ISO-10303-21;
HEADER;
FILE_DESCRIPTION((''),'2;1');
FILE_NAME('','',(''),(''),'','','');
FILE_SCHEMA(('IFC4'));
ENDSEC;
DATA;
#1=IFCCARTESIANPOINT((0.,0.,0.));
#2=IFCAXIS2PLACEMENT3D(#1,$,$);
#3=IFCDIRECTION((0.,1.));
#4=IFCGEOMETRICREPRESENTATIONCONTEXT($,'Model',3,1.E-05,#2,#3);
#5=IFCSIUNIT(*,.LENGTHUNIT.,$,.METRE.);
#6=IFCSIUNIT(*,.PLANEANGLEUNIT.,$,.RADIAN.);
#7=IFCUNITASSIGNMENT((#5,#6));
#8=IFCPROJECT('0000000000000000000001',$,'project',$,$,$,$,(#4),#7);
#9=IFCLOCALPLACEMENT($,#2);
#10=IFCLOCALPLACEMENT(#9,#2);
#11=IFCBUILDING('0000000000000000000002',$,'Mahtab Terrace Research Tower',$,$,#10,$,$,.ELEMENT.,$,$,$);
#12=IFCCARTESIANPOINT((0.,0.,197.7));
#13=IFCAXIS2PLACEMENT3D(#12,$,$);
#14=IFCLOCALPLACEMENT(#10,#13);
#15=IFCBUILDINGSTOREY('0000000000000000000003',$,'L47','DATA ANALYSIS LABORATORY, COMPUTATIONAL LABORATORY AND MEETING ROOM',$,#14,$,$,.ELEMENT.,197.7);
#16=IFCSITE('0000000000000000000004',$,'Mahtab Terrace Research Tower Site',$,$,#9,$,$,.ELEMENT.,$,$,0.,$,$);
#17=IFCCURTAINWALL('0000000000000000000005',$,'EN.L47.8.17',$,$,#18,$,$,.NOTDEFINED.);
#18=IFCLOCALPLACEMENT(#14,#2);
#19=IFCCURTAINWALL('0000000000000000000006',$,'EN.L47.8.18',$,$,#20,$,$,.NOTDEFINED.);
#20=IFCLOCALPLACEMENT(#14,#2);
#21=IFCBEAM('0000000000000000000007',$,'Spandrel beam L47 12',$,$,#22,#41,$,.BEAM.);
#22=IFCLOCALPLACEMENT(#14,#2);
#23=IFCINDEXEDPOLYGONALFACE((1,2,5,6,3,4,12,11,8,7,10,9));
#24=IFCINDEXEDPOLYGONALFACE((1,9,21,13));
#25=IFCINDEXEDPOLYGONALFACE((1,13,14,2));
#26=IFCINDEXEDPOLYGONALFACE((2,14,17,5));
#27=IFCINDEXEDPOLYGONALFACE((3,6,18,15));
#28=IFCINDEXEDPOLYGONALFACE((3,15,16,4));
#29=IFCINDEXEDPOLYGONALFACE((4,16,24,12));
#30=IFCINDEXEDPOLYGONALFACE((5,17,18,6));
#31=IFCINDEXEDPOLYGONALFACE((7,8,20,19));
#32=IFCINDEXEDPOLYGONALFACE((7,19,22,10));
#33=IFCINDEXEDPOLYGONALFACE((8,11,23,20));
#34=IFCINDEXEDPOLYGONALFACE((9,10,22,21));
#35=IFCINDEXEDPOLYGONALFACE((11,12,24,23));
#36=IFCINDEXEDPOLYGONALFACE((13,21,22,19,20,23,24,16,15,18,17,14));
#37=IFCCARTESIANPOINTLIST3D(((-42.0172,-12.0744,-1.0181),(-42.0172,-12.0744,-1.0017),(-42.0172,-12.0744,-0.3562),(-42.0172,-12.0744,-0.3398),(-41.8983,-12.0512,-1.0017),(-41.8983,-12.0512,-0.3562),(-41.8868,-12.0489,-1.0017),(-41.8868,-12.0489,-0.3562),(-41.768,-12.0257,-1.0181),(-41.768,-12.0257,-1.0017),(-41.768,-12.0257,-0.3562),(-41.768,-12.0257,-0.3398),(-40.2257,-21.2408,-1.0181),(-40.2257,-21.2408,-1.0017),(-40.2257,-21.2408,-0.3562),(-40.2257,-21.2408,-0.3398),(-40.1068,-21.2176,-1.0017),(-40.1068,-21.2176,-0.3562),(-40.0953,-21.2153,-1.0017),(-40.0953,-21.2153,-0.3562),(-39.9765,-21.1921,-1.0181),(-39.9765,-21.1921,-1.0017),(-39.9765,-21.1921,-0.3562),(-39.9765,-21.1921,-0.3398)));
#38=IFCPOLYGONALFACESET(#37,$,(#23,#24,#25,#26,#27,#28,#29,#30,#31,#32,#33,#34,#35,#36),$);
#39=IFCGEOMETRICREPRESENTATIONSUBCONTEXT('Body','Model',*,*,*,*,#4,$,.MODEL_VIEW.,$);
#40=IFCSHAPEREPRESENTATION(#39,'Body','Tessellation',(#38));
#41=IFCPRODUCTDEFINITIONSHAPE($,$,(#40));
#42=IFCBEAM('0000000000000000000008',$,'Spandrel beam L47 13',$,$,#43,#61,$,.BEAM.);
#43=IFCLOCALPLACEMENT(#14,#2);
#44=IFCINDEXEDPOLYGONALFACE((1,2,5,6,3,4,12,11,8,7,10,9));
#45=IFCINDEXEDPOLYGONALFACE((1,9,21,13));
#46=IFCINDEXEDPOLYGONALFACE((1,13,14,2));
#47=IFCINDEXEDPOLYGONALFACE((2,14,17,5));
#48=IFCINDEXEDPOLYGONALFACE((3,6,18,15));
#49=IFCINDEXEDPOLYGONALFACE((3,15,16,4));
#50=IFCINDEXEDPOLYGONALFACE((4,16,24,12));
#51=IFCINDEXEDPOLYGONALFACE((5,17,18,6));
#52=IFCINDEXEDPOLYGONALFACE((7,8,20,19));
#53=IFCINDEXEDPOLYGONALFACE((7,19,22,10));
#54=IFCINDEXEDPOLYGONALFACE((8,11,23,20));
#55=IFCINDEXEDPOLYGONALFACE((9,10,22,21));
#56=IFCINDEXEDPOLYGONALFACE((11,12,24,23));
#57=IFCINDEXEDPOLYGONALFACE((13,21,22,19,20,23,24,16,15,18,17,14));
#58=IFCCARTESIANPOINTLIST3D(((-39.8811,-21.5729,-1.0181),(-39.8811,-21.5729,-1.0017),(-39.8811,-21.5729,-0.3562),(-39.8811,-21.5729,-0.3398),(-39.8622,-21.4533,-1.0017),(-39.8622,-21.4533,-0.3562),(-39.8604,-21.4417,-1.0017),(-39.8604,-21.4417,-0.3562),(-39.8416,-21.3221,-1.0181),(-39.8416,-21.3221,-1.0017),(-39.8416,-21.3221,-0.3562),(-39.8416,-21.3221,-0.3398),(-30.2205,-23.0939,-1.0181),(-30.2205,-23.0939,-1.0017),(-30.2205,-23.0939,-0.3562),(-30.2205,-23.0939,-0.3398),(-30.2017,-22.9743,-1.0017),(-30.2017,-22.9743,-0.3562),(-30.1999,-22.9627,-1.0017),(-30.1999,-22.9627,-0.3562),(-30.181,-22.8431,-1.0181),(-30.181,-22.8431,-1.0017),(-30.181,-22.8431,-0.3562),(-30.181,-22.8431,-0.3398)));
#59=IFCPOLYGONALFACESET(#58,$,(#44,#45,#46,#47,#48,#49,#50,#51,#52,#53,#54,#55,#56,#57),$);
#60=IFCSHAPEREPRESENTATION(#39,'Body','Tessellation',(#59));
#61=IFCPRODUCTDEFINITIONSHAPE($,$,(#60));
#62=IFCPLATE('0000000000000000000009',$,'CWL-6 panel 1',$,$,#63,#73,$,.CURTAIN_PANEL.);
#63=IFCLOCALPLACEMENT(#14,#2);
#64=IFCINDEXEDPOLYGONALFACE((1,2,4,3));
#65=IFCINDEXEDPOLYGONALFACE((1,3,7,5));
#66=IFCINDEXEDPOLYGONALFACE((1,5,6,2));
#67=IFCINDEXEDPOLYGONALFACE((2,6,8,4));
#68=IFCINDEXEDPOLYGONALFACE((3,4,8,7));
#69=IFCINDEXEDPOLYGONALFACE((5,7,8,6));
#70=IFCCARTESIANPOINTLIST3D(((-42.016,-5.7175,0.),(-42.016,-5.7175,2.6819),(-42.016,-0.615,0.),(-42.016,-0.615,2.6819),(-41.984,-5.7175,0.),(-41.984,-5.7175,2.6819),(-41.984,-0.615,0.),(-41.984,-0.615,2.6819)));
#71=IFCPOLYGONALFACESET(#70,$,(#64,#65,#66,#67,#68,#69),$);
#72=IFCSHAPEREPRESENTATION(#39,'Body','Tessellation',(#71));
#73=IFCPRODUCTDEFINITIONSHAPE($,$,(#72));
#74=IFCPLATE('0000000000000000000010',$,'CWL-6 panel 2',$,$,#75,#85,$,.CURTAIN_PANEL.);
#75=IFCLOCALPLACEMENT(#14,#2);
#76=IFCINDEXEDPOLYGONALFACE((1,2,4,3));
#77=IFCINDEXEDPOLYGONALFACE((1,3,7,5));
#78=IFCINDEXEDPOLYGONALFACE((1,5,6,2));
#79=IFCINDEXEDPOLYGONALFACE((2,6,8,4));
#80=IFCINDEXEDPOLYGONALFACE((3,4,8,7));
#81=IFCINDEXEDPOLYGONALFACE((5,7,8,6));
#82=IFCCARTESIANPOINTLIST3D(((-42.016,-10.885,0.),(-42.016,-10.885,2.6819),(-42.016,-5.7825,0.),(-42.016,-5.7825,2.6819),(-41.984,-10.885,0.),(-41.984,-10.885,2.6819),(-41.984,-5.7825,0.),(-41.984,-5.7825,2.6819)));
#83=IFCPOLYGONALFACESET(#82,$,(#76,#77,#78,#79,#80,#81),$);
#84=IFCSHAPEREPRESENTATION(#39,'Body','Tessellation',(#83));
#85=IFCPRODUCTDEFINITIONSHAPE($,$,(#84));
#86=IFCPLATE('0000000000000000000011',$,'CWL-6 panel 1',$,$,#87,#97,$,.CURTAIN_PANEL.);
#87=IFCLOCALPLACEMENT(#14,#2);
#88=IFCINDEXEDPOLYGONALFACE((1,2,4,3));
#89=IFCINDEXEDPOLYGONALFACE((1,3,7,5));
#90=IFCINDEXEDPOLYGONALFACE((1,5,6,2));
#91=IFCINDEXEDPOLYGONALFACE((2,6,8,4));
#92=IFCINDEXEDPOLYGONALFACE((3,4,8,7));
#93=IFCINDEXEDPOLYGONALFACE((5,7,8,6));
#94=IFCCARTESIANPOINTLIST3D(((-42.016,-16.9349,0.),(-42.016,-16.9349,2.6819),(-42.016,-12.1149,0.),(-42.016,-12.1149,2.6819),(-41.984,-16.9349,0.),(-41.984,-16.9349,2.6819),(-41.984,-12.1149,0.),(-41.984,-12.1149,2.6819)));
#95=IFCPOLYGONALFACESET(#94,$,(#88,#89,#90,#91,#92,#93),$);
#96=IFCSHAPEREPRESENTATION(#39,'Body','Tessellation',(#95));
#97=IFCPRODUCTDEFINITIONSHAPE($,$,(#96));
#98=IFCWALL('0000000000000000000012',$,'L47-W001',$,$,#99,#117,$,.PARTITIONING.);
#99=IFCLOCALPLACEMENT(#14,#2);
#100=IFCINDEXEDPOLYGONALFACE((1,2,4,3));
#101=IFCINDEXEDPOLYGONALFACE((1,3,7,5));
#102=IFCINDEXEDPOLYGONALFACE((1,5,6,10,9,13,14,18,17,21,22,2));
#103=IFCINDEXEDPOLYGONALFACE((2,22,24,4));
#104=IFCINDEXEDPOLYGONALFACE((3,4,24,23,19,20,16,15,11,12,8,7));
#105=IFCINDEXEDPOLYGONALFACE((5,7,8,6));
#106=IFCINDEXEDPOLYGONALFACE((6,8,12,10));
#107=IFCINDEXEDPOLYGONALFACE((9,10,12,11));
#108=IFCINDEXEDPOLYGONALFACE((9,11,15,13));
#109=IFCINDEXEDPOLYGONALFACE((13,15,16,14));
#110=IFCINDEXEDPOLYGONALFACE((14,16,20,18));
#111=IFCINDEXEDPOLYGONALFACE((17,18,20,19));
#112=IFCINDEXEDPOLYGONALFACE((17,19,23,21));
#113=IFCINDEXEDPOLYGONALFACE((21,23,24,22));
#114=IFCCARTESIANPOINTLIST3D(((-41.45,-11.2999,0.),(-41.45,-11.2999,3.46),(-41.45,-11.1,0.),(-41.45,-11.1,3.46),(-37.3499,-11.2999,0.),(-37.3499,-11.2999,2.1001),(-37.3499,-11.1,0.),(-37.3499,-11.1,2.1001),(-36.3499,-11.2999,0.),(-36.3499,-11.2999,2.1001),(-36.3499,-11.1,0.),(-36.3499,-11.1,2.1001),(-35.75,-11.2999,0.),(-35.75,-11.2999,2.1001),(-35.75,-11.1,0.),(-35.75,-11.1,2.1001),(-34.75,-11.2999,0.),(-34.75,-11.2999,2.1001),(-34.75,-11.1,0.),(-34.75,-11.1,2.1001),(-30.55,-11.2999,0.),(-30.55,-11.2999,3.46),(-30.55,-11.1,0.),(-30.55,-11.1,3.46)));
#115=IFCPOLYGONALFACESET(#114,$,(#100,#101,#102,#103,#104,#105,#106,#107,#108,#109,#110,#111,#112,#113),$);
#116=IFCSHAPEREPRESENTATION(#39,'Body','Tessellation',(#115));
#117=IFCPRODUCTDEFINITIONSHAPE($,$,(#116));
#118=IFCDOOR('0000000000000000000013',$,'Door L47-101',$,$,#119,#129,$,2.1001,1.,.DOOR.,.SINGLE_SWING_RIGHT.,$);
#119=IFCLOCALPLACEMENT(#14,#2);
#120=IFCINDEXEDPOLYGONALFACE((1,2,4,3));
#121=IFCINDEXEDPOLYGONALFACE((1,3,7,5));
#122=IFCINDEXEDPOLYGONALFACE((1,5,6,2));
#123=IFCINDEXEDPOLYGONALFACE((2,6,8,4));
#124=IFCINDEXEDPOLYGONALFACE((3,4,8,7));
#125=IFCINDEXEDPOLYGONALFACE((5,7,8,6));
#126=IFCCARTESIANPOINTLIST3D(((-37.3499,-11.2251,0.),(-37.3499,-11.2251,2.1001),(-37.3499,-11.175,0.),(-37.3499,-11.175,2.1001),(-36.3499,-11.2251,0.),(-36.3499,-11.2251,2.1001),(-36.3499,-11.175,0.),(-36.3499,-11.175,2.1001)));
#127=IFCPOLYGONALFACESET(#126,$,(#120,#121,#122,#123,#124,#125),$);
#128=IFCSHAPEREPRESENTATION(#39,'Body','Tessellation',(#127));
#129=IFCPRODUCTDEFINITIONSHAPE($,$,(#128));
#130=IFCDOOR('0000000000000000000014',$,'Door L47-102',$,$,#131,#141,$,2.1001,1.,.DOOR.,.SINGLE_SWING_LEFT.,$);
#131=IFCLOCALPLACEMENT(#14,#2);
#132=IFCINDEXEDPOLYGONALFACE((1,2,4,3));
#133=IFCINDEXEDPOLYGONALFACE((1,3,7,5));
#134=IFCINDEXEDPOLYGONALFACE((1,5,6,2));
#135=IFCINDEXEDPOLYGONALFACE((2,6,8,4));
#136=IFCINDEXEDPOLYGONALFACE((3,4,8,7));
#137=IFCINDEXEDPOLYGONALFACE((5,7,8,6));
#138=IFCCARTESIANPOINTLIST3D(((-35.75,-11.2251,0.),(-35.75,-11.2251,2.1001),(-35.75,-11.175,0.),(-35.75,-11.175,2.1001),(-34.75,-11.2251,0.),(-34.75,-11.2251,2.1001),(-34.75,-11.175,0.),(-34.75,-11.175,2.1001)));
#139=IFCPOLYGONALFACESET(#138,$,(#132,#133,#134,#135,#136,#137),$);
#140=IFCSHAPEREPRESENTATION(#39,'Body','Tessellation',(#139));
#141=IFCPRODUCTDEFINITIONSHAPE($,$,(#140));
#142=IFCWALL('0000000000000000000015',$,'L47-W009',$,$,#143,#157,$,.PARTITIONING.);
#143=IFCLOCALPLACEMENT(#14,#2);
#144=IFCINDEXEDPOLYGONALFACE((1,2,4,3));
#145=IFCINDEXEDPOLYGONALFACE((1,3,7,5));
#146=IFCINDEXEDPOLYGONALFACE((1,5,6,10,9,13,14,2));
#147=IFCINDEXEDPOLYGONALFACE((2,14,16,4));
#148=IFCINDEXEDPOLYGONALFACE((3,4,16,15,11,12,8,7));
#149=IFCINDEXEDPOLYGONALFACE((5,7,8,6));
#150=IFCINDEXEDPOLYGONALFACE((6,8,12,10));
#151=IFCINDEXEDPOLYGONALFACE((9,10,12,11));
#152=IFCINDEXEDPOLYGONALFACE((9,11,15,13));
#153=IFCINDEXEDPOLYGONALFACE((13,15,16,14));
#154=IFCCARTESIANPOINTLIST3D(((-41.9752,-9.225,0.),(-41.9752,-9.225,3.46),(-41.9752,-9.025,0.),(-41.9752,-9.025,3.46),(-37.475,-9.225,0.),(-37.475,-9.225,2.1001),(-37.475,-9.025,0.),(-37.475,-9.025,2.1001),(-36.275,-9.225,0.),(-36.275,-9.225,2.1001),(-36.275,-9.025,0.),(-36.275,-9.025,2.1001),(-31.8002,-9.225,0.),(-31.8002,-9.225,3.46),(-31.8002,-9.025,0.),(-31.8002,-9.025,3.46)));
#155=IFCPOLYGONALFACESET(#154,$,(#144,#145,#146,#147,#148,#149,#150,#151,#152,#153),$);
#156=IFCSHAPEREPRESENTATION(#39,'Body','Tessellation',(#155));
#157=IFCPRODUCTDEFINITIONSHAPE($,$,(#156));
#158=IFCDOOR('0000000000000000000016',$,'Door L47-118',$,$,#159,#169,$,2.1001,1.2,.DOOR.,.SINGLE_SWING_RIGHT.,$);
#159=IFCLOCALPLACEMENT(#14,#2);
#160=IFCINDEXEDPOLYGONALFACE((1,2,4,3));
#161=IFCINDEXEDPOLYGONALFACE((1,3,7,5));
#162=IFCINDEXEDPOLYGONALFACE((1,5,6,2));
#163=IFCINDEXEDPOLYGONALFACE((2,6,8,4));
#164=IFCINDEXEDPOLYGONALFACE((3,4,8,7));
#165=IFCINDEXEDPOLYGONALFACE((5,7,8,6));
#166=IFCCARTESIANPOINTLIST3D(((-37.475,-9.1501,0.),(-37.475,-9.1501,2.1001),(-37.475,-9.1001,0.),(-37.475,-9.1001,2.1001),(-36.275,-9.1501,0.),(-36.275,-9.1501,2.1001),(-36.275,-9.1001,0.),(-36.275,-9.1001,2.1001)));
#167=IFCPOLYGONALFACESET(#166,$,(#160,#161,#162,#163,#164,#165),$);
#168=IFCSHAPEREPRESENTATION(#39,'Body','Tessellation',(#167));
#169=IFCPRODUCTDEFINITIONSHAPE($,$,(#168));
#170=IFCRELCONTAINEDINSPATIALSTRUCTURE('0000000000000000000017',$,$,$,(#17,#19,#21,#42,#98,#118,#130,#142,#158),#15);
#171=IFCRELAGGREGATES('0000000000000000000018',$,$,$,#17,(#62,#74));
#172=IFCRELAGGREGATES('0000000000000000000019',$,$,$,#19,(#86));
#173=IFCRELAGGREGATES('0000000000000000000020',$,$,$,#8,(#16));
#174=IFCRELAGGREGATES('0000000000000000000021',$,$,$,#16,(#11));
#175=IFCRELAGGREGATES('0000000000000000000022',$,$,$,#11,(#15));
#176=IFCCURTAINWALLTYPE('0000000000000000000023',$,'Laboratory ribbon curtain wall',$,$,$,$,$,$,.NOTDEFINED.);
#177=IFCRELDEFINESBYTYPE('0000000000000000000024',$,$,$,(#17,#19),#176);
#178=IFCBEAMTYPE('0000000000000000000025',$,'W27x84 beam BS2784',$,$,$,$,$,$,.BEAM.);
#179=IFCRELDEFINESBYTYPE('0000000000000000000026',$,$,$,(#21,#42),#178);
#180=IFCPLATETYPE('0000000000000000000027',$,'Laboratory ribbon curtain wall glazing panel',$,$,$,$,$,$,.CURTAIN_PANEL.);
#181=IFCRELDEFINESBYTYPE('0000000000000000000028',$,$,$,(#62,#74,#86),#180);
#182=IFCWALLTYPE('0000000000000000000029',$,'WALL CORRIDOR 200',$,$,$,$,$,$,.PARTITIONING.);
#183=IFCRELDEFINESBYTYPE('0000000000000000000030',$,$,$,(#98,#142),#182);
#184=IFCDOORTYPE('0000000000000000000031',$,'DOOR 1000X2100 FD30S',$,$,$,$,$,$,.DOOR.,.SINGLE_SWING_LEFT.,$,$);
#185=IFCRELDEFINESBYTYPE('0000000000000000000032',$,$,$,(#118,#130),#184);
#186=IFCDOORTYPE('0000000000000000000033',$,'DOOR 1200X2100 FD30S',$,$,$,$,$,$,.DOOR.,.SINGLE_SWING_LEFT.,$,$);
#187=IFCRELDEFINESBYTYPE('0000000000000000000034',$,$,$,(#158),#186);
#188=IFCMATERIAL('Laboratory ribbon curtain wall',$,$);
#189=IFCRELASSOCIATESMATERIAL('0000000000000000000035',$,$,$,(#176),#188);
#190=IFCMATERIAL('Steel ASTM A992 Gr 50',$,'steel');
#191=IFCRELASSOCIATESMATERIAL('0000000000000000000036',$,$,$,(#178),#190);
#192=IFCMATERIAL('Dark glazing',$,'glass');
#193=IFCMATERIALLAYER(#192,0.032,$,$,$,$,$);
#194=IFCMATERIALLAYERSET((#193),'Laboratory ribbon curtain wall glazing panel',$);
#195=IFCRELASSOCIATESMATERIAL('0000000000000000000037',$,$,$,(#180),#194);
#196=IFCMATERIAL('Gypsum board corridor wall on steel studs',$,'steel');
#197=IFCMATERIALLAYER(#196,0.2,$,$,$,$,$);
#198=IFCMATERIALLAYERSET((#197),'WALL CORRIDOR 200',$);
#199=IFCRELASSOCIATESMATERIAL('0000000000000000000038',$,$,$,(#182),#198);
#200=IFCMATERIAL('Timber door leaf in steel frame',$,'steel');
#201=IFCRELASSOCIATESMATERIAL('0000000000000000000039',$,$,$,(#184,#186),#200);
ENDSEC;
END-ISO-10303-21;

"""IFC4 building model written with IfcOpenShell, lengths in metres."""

from ifc_helpers import new_model, si_unit, direction, frame, frame_2d, origin, origin_2d, place, context, subcontext, project, spatial, rectangle, i_section, extrude, material, layer, layer_set, material_profile, profile_set, type_object, element, fill, aggregate, save


model = new_model("IFC4")

# Units and contexts
model_context = context("Model", 3, precision=1e-05, world=origin(), true_north=direction((0.0, 1.0)))
body_context = subcontext(model_context, "Body", "Model", "MODEL_VIEW")
ifc_project = project(units=[si_unit("LENGTHUNIT", "METRE"), si_unit("PLANEANGLEUNIT", "RADIAN")], contexts=[model_context])

# Site, building, storey
site_placement = place(None, origin())
site = spatial("IfcSite", under=ifc_project, at=site_placement, Name="Mahtab Terrace Research Tower Site", CompositionType="ELEMENT", RefElevation=0.0)
building_placement = place(site_placement, origin())
building = spatial("IfcBuilding", under=site, at=building_placement, Name="Mahtab Terrace Research Tower", CompositionType="ELEMENT")
storey_placement = place(building_placement, frame((0.0, 0.0, 197.7)))
storey = spatial("IfcBuildingStorey", under=building, at=storey_placement, Name="L47", Description="DATA ANALYSIS LABORATORY, COMPUTATIONAL LABORATORY AND MEETING ROOM", CompositionType="ELEMENT", Elevation=197.7)

# Shared definitions
ifc_material_1 = material(Name="Steel ASTM A992 Gr 50", Category="steel")

# Shared definitions
ifc_material_2 = material(Name="Laboratory ribbon curtain wall")
curtain_wall_type = type_object("IfcCurtainWallType", Name="Laboratory ribbon curtain wall", PredefinedType="NOTDEFINED", material=ifc_material_2)

# Curtain walls
curtain_wall_1_placement = place(storey_placement, origin())
curtain_wall_1 = element("IfcCurtainWall", 1, at=curtain_wall_1_placement, inside=storey, type_object=curtain_wall_type, Name="EN.L47.8.17", PredefinedType="NOTDEFINED")
curtain_wall_2_placement = place(storey_placement, origin())
curtain_wall_2 = element("IfcCurtainWall", 2, at=curtain_wall_2_placement, inside=storey, type_object=curtain_wall_type, Name="EN.L47.8.18", PredefinedType="NOTDEFINED")

# Beams
ifc_material_profile_1 = material_profile(ifc_material_1, i_section(OverallWidth=0.2539, OverallDepth=0.6782, WebThickness=0.0117, FlangeThickness=0.0164, at=origin_2d()), Name="W27X84")
ifc_profile_set_1 = profile_set([ifc_material_profile_1], Name="Steel ASTM A992 Gr 50")
beam_type = type_object("IfcBeamType", Name="W27x84 beam BS2784", PredefinedType="BEAM", material=ifc_profile_set_1)
beam_1_placement = place(storey_placement, frame((-41.8926, -12.05, -0.679), z_axis=(0.191811, -0.981432, 0.0), x_axis=(0.981432, 0.191811, 0.0)))
element("IfcBeam", 3, at=beam_1_placement, inside=storey, type_object=beam_type, Name="Spandrel beam L47 12", PredefinedType="BEAM", context=body_context, shape_type="SweptSolid", body=[
    extrude(i_section(OverallWidth=0.2539, OverallDepth=0.6782, WebThickness=0.0117, FlangeThickness=0.0164, at=origin_2d()), origin(), (0.0, 0.0, 1.0), 9.3398),
])
beam_2_placement = place(storey_placement, frame((-39.8613, -21.4475, -0.679), z_axis=(0.987832, -0.155527, 0.0), x_axis=(0.155527, 0.987832, 0.0)))
element("IfcBeam", 4, at=beam_2_placement, inside=storey, type_object=beam_type, Name="Spandrel beam L47 13", PredefinedType="BEAM", context=body_context, shape_type="SweptSolid", body=[
    extrude(i_section(OverallWidth=0.2539, OverallDepth=0.6782, WebThickness=0.0117, FlangeThickness=0.0164, at=origin_2d()), origin(), (0.0, 0.0, 1.0), 9.7795),
])

# Plates
ifc_material_3 = material(Name="Dark glazing", Category="glass")
ifc_layer_1 = layer(ifc_material_3, 0.032)
ifc_layer_set_1 = layer_set([ifc_layer_1], Name="Laboratory ribbon curtain wall glazing panel")
plate_type = type_object("IfcPlateType", Name="Laboratory ribbon curtain wall glazing panel", PredefinedType="CURTAIN_PANEL", material=ifc_layer_set_1)
plate_1_placement = place(storey_placement, frame((-42.0, -3.1663, 0.0), z_axis=(0.0, 0.0, 1.0), x_axis=(0.0, -1.0, 0.0)))
plate_1 = element("IfcPlate", 5, at=plate_1_placement, type_object=plate_type, Name="CWL-6 panel 1", PredefinedType="CURTAIN_PANEL", context=body_context, shape_type="SweptSolid", body=[
    extrude(rectangle(XDim=5.1025, YDim=0.032, at=origin_2d()), origin(), (0.0, 0.0, 1.0), 2.6819),
])
plate_2_placement = place(storey_placement, frame((-42.0, -8.3337, 0.0), z_axis=(0.0, 0.0, 1.0), x_axis=(0.0, -1.0, 0.0)))
plate_2 = element("IfcPlate", 6, at=plate_2_placement, type_object=plate_type, Name="CWL-6 panel 2", PredefinedType="CURTAIN_PANEL", context=body_context, shape_type="SweptSolid", body=[
    extrude(rectangle(XDim=5.1025, YDim=0.032, at=origin_2d()), origin(), (0.0, 0.0, 1.0), 2.6819),
])
aggregate(curtain_wall_1, [plate_1, plate_2])
plate_3_placement = place(storey_placement, frame((-42.0, -14.5249, 0.0), z_axis=(0.0, 0.0, 1.0), x_axis=(0.0, -1.0, 0.0)))
plate_3 = element("IfcPlate", 7, at=plate_3_placement, type_object=plate_type, Name="CWL-6 panel 1", PredefinedType="CURTAIN_PANEL", context=body_context, shape_type="SweptSolid", body=[
    extrude(rectangle(XDim=4.8201, YDim=0.032, at=origin_2d()), origin(), (0.0, 0.0, 1.0), 2.6819),
])
aggregate(curtain_wall_2, [plate_3])

# Wall, openings, doors
ifc_material_4 = material(Name="Gypsum board corridor wall on steel studs", Category="steel")
ifc_layer_2 = layer(ifc_material_4, 0.2)
ifc_layer_set_2 = layer_set([ifc_layer_2], Name="WALL CORRIDOR 200")
wall_type_1 = type_object("IfcWallType", Name="WALL CORRIDOR 200", PredefinedType="PARTITIONING", material=ifc_layer_set_2)
wall_1_placement = place(storey_placement, frame((-41.45, -11.2, 0.0), z_axis=(0.0, 0.0, 1.0), x_axis=(1.0, 0.0, 0.0)))
wall_1 = element("IfcWall", 8, at=wall_1_placement, inside=storey, type_object=wall_type_1, Name="L47-W001", PredefinedType="PARTITIONING", context=body_context, shape_type="SweptSolid", body=[
    extrude(rectangle(XDim=10.8999, YDim=0.2, at=frame_2d((5.45, 0.0))), origin(), (0.0, 0.0, 1.0), 3.46),
])
opening_1_placement = place(wall_1_placement, frame((4.1001, 0.0, 0.0)))
opening_1 = element("IfcOpeningElement", 9, at=opening_1_placement, cuts=wall_1, PredefinedType="OPENING", context=body_context, shape_type="SweptSolid", body=[
    extrude(rectangle(XDim=1.0, YDim=2.1001, at=frame_2d((0.5, 1.05))), frame((0.0, 0.1099, 0.0), z_axis=(0.0, -1.0, 0.0), x_axis=(1.0, 0.0, 0.0)), (0.0, 0.0, 1.0), 0.22),
])
opening_2_placement = place(wall_1_placement, frame((5.7, 0.0, 0.0)))
opening_2 = element("IfcOpeningElement", 10, at=opening_2_placement, cuts=wall_1, PredefinedType="OPENING", context=body_context, shape_type="SweptSolid", body=[
    extrude(rectangle(XDim=1.0, YDim=2.1001, at=frame_2d((0.5, 1.05))), frame((0.0, 0.1099, 0.0), z_axis=(0.0, -1.0, 0.0), x_axis=(1.0, 0.0, 0.0)), (0.0, 0.0, 1.0), 0.22),
])
ifc_material_5 = material(Name="Timber door leaf in steel frame", Category="steel")
door_type_1 = type_object("IfcDoorType", Name="DOOR 1000X2100 FD30S", OperationType="SINGLE_SWING_LEFT", PredefinedType="DOOR", material=ifc_material_5)
door_1_placement = place(opening_1_placement, origin())
door_1 = element("IfcDoor", 11, at=door_1_placement, inside=storey, type_object=door_type_1, Name="Door L47-101", OperationType="SINGLE_SWING_RIGHT", OverallHeight=2.1001, OverallWidth=1.0, PredefinedType="DOOR", context=body_context, shape_type="SweptSolid", body=[
    extrude(rectangle(XDim=1.0, YDim=2.1001, at=frame_2d((0.5, 1.05))), frame((0.0, 0.0249, 0.0), z_axis=(0.0, -1.0, 0.0), x_axis=(1.0, 0.0, 0.0)), (0.0, 0.0, 1.0), 0.05),
])
fill(opening_1, door_1)
door_2_placement = place(opening_2_placement, origin())
door_2 = element("IfcDoor", 12, at=door_2_placement, inside=storey, type_object=door_type_1, Name="Door L47-102", OperationType="SINGLE_SWING_LEFT", OverallHeight=2.1001, OverallWidth=1.0, PredefinedType="DOOR", context=body_context, shape_type="SweptSolid", body=[
    extrude(rectangle(XDim=1.0, YDim=2.1001, at=frame_2d((0.5, 1.05))), frame((0.0, 0.0249, 0.0), z_axis=(0.0, -1.0, 0.0), x_axis=(1.0, 0.0, 0.0)), (0.0, 0.0, 1.0), 0.05),
])
fill(opening_2, door_2)

# Wall, opening, door
wall_2_placement = place(storey_placement, frame((-41.9751, -9.125, 0.0), z_axis=(0.0, 0.0, 1.0), x_axis=(1.0, 0.0, 0.0)))
wall_2 = element("IfcWall", 13, at=wall_2_placement, inside=storey, type_object=wall_type_1, Name="L47-W009", PredefinedType="PARTITIONING", context=body_context, shape_type="SweptSolid", body=[
    extrude(rectangle(XDim=10.175, YDim=0.2, at=frame_2d((5.0874, 0.0))), origin(), (0.0, 0.0, 1.0), 3.46),
])
opening_3_placement = place(wall_2_placement, frame((4.5, 0.0, 0.0)))
opening_3 = element("IfcOpeningElement", 14, at=opening_3_placement, cuts=wall_2, PredefinedType="OPENING", context=body_context, shape_type="SweptSolid", body=[
    extrude(rectangle(XDim=1.2, YDim=2.1001, at=frame_2d((0.6001, 1.05))), frame((0.0, 0.1099, 0.0), z_axis=(0.0, -1.0, 0.0), x_axis=(1.0, 0.0, 0.0)), (0.0, 0.0, 1.0), 0.22),
])
door_type_2 = type_object("IfcDoorType", Name="DOOR 1200X2100 FD30S", OperationType="SINGLE_SWING_LEFT", PredefinedType="DOOR", material=ifc_material_5)
door_3_placement = place(opening_3_placement, origin())
door_3 = element("IfcDoor", 15, at=door_3_placement, inside=storey, type_object=door_type_2, Name="Door L47-118", OperationType="SINGLE_SWING_RIGHT", OverallHeight=2.1001, OverallWidth=1.2, PredefinedType="DOOR", context=body_context, shape_type="SweptSolid", body=[
    extrude(rectangle(XDim=1.2, YDim=2.1001, at=frame_2d((0.6001, 1.05))), frame((0.0, 0.0249, 0.0), z_axis=(0.0, -1.0, 0.0), x_axis=(1.0, 0.0, 0.0)), (0.0, 0.0, 1.0), 0.05),
])
fill(opening_3, door_3)

save(model, "model.ifc")
